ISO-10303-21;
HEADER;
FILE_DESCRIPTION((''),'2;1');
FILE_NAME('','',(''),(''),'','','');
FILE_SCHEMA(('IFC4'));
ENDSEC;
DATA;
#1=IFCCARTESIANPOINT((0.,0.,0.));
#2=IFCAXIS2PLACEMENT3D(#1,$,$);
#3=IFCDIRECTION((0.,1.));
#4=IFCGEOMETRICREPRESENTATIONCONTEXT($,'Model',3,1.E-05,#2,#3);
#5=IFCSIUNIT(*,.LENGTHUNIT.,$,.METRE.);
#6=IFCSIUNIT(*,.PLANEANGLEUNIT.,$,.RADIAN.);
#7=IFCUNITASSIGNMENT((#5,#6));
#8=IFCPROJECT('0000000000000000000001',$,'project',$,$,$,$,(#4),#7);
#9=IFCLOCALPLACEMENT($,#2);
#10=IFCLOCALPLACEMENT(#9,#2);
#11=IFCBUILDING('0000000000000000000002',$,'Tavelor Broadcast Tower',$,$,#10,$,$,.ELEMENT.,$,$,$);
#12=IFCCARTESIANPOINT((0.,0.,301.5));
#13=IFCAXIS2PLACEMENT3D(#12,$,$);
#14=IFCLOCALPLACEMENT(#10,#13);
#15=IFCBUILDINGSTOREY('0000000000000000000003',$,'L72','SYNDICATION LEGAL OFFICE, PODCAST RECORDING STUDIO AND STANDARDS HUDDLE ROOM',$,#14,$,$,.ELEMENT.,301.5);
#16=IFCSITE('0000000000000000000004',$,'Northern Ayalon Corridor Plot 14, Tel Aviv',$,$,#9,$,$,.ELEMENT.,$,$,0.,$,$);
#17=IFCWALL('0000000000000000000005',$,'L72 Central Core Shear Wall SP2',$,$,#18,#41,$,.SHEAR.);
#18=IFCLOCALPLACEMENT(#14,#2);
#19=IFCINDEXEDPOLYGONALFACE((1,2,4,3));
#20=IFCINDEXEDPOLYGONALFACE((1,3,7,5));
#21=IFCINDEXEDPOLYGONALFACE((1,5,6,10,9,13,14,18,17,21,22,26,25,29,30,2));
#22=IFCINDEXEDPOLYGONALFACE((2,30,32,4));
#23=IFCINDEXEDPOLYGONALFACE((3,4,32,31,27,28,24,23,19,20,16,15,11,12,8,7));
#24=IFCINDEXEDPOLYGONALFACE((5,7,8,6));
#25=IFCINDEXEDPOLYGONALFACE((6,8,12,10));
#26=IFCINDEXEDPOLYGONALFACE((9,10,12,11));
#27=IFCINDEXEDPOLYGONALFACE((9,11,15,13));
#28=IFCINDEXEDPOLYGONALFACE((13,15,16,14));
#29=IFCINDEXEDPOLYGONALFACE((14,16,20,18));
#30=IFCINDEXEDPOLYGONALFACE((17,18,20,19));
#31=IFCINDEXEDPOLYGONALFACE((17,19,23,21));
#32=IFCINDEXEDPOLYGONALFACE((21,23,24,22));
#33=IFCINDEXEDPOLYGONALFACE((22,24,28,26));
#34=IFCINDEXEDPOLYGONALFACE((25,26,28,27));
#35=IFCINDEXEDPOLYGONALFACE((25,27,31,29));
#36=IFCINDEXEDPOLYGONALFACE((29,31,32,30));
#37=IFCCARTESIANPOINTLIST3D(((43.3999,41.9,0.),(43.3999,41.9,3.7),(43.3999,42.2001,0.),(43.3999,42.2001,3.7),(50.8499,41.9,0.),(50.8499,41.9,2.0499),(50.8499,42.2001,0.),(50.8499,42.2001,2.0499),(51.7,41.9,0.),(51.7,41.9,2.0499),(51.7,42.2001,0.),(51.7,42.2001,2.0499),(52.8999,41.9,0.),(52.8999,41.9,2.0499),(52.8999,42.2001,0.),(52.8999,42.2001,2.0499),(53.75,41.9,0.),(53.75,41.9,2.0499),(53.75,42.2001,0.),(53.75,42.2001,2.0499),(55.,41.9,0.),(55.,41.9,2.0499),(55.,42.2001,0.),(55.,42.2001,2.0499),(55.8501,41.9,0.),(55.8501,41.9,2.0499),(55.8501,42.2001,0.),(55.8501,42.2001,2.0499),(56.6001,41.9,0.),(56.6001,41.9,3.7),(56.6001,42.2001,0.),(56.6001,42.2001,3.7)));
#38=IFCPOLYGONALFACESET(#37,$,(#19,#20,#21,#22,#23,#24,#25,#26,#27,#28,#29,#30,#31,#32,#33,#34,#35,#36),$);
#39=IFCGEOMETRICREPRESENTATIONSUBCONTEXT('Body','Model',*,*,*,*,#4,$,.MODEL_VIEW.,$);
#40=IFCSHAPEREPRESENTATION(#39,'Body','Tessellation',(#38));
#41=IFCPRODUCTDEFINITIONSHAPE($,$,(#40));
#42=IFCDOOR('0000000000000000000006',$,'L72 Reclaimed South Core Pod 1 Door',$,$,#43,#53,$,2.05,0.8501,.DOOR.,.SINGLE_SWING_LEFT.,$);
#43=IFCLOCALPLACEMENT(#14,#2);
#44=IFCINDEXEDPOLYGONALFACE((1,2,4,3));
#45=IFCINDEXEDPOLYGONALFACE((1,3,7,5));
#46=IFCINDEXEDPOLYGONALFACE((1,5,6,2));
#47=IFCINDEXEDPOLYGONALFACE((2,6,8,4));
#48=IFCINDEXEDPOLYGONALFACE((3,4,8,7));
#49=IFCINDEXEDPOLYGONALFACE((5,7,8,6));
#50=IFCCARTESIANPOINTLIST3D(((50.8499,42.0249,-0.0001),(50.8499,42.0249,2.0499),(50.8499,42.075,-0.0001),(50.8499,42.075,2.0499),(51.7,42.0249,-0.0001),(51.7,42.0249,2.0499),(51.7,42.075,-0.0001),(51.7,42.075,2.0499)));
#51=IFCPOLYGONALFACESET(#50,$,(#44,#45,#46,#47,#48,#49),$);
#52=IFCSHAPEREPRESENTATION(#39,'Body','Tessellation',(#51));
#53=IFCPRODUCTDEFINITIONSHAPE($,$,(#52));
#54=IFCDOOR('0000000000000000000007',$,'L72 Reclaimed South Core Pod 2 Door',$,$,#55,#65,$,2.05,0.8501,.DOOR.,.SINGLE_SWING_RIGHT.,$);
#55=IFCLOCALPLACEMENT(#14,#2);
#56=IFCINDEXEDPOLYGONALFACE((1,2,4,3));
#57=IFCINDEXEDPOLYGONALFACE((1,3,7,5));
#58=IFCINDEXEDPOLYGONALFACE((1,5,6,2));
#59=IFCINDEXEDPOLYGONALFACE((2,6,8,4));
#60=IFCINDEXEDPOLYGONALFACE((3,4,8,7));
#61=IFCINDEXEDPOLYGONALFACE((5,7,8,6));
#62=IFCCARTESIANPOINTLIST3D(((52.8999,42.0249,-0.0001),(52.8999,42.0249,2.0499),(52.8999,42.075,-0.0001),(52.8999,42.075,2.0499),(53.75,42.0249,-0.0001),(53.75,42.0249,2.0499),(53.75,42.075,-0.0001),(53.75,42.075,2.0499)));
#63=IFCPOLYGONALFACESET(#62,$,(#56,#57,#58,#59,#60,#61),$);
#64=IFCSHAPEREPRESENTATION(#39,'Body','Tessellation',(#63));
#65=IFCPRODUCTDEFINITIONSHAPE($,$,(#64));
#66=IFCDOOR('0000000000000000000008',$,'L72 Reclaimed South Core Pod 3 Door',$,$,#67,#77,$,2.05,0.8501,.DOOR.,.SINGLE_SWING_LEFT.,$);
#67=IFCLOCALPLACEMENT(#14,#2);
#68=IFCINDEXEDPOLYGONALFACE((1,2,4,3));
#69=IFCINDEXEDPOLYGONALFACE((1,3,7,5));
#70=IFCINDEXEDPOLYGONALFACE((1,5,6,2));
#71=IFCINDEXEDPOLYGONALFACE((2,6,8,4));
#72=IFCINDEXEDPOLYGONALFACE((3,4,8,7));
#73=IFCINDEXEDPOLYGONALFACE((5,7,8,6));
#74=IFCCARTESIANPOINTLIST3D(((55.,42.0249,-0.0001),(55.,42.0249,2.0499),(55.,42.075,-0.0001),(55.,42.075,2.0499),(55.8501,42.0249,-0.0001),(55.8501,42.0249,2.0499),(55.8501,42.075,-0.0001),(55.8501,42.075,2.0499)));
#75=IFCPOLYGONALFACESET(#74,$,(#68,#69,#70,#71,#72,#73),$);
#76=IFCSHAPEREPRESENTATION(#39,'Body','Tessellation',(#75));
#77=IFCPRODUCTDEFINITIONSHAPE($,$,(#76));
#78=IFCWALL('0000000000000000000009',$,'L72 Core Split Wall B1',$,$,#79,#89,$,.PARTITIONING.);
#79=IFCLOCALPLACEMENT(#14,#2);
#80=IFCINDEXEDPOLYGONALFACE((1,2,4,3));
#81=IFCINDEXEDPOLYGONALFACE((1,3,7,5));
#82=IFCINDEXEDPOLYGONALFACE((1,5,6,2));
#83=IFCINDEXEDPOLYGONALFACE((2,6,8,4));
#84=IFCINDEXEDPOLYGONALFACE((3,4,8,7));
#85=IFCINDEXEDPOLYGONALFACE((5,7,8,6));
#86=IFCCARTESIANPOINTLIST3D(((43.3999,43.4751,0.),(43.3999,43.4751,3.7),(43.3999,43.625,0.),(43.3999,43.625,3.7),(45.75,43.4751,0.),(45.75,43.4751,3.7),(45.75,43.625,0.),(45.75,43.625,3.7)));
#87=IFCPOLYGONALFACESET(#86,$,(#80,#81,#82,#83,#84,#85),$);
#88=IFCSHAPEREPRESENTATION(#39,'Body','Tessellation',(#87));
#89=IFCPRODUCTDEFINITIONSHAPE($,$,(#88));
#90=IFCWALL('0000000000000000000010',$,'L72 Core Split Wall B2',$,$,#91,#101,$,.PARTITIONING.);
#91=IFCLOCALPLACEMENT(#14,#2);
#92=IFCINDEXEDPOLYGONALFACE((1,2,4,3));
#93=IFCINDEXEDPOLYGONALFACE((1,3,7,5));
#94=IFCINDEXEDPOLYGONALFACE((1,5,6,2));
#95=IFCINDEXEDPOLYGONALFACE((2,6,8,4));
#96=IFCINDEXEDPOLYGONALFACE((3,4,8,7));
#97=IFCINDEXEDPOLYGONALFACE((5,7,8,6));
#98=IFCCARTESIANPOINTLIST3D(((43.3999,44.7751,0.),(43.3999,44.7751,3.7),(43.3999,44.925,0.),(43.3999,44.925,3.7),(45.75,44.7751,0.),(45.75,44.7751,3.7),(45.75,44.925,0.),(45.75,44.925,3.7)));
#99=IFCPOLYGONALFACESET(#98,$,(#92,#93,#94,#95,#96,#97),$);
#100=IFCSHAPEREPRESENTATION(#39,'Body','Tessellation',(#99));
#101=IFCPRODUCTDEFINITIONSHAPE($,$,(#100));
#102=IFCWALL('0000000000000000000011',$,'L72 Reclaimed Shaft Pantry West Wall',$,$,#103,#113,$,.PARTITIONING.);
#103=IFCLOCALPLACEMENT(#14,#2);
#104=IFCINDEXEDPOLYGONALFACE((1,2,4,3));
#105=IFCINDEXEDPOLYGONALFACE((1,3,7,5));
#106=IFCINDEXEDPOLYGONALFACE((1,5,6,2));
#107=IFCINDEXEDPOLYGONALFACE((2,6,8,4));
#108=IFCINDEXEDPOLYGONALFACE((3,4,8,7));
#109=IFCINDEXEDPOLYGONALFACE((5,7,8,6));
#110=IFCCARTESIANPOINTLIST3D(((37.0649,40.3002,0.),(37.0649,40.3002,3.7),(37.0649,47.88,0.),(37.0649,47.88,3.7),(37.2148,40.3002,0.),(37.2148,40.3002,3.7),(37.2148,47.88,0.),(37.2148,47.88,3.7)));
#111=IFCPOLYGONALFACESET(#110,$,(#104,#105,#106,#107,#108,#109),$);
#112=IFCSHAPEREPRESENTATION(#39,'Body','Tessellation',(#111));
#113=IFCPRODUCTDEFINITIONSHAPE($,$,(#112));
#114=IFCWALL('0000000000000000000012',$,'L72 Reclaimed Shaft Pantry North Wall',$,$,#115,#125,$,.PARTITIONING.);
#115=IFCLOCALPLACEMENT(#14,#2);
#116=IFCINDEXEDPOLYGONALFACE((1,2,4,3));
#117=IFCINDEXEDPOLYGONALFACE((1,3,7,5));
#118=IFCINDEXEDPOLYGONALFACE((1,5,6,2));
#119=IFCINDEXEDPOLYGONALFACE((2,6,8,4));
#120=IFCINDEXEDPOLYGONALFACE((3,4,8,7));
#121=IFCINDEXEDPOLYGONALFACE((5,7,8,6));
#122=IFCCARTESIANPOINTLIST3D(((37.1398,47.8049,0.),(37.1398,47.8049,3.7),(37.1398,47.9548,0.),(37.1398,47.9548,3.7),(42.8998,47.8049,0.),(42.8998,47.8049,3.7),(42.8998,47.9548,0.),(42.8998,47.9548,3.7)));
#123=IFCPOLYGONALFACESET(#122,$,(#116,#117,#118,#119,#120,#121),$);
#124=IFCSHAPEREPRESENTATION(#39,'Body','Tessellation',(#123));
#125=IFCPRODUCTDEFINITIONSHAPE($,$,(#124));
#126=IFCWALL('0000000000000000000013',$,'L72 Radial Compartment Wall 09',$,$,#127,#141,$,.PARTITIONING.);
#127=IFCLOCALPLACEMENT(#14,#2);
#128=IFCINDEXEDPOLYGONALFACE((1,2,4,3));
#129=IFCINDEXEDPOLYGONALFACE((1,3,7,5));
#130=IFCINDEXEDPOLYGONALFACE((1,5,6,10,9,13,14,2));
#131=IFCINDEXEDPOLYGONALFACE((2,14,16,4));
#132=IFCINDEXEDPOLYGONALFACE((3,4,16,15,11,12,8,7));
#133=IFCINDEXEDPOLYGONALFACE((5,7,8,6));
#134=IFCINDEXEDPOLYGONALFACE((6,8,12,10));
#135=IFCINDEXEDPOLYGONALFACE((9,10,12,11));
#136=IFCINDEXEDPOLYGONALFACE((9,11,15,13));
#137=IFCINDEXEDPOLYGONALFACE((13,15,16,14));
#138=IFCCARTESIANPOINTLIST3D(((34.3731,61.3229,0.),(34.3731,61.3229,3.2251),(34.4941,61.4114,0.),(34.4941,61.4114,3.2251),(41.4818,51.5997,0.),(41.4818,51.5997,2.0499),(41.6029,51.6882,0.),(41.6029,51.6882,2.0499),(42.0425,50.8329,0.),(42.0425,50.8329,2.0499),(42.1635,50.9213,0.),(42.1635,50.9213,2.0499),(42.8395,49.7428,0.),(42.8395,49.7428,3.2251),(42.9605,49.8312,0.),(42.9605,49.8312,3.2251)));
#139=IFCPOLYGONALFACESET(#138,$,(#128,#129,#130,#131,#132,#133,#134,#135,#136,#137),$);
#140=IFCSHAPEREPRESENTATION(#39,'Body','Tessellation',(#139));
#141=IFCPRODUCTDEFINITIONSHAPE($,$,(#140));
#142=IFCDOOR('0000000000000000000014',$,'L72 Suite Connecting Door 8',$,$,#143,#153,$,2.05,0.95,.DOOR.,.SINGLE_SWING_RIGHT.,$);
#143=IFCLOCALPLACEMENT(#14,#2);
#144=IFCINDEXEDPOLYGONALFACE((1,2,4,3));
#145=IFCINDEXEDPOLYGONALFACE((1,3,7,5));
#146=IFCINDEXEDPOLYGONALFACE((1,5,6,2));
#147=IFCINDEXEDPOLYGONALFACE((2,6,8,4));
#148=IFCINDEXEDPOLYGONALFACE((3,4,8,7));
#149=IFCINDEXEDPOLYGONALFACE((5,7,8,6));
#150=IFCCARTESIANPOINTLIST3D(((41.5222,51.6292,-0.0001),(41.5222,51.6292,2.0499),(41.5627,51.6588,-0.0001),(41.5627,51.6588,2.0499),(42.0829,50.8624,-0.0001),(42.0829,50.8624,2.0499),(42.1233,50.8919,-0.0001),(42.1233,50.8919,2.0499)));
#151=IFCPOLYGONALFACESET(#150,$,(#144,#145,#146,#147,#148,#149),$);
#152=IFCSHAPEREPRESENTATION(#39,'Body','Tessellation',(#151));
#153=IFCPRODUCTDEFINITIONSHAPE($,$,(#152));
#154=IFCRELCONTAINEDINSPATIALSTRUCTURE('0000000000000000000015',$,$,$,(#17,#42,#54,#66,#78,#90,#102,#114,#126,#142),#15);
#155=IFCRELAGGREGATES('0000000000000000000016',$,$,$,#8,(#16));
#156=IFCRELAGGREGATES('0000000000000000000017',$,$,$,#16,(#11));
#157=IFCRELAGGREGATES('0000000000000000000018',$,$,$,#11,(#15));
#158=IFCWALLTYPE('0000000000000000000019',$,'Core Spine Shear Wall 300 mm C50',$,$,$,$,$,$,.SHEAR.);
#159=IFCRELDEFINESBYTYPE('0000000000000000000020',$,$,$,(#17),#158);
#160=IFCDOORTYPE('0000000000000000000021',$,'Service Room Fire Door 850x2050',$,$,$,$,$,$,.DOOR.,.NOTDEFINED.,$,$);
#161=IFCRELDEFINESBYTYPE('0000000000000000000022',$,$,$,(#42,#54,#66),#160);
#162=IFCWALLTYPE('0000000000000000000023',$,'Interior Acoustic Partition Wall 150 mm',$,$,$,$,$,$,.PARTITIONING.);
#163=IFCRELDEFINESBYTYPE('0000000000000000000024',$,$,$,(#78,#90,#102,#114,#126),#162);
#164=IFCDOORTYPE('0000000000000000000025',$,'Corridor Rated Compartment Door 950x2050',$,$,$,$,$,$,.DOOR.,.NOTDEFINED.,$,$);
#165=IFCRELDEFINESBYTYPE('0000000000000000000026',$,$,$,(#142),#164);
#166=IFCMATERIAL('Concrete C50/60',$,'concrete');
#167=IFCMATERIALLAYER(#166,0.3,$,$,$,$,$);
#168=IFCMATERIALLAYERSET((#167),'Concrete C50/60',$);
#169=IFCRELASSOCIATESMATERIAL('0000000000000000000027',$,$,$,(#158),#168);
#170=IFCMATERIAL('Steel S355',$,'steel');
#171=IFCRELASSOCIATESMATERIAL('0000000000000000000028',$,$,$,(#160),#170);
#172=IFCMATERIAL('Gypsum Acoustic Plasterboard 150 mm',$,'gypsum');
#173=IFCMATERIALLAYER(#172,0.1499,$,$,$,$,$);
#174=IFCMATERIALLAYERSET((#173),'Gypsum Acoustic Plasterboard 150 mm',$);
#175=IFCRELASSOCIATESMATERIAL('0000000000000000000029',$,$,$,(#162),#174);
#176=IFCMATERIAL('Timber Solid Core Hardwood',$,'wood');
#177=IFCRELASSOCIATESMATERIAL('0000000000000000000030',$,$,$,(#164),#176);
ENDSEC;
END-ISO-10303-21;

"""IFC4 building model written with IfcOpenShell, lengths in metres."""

from ifc_helpers import new_model, si_unit, direction, frame, frame_2d, origin, place, context, subcontext, project, spatial, rectangle, extrude, material, layer, layer_set, type_object, element, fill, save


model = new_model("IFC4")

# Units and contexts
model_context = context("Model", 3, precision=1e-05, world=origin(), true_north=direction((0.0, 1.0)))
body_context = subcontext(model_context, "Body", "Model", "MODEL_VIEW")
ifc_project = project(units=[si_unit("LENGTHUNIT", "METRE"), si_unit("PLANEANGLEUNIT", "RADIAN")], contexts=[model_context])

# Site, building, storey
site_placement = place(None, origin())
site = spatial("IfcSite", under=ifc_project, at=site_placement, Name="Northern Ayalon Corridor Plot 14, Tel Aviv", CompositionType="ELEMENT", RefElevation=0.0)
building_placement = place(site_placement, origin())
building = spatial("IfcBuilding", under=site, at=building_placement, Name="Tavelor Broadcast Tower", CompositionType="ELEMENT")
storey_placement = place(building_placement, frame((0.0, 0.0, 301.5)))
storey = spatial("IfcBuildingStorey", under=building, at=storey_placement, Name="L72", Description="SYNDICATION LEGAL OFFICE, PODCAST RECORDING STUDIO AND STANDARDS HUDDLE ROOM", CompositionType="ELEMENT", Elevation=301.5)

# Shared definitions
ifc_material_1 = material(Name="Concrete C50/60", Category="concrete")

# Shared definitions
ifc_material_2 = material(Name="Steel S355", Category="steel")

# Wall, openings, doors
ifc_layer_1 = layer(ifc_material_1, 0.3)
ifc_layer_set_1 = layer_set([ifc_layer_1], Name="Concrete C50/60")
wall_type_1 = type_object("IfcWallType", Name="Core Spine Shear Wall 300 mm C50", PredefinedType="SHEAR", material=ifc_layer_set_1)
wall_1_placement = place(storey_placement, frame((43.3999, 42.05, 0.0), z_axis=(0.0, 0.0, 1.0), x_axis=(1.0, 0.0, 0.0)))
wall_1 = element("IfcWall", 1, at=wall_1_placement, inside=storey, type_object=wall_type_1, Name="L72 Central Core Shear Wall SP2", PredefinedType="SHEAR", context=body_context, shape_type="SweptSolid", body=[
    extrude(rectangle(XDim=13.2002, YDim=0.3, at=frame_2d((6.6001, 0.0))), origin(), (0.0, 0.0, 1.0), 3.7),
])
opening_1_placement = place(wall_1_placement, frame((7.45, 0.0, 0.0)))
opening_1 = element("IfcOpeningElement", 2, at=opening_1_placement, cuts=wall_1, PredefinedType="OPENING", context=body_context, shape_type="SweptSolid", body=[
    extrude(rectangle(XDim=0.8501, YDim=2.05, at=frame_2d((0.425, 1.0249))), frame((0.0, 0.1602, 0.0), z_axis=(0.0, -1.0, 0.0), x_axis=(1.0, 0.0, 0.0)), (0.0, 0.0, 1.0), 0.3201),
])
opening_2_placement = place(wall_1_placement, frame((9.5, 0.0, 0.0)))
opening_2 = element("IfcOpeningElement", 3, at=opening_2_placement, cuts=wall_1, PredefinedType="OPENING", context=body_context, shape_type="SweptSolid", body=[
    extrude(rectangle(XDim=0.8501, YDim=2.05, at=frame_2d((0.425, 1.0249))), frame((0.0, 0.1602, 0.0), z_axis=(0.0, -1.0, 0.0), x_axis=(1.0, 0.0, 0.0)), (0.0, 0.0, 1.0), 0.3201),
])
opening_3_placement = place(wall_1_placement, frame((11.6001, 0.0, 0.0)))
opening_3 = element("IfcOpeningElement", 4, at=opening_3_placement, cuts=wall_1, PredefinedType="OPENING", context=body_context, shape_type="SweptSolid", body=[
    extrude(rectangle(XDim=0.8501, YDim=2.05, at=frame_2d((0.425, 1.0249))), frame((0.0, 0.1602, 0.0), z_axis=(0.0, -1.0, 0.0), x_axis=(1.0, 0.0, 0.0)), (0.0, 0.0, 1.0), 0.3201),
])
door_type_1 = type_object("IfcDoorType", Name="Service Room Fire Door 850x2050", OperationType="NOTDEFINED", PredefinedType="DOOR", material=ifc_material_2)
door_1_placement = place(opening_1_placement, origin())
door_1 = element("IfcDoor", 5, at=door_1_placement, inside=storey, type_object=door_type_1, Name="L72 Reclaimed South Core Pod 1 Door", OperationType="SINGLE_SWING_LEFT", OverallHeight=2.05, OverallWidth=0.8501, PredefinedType="DOOR", context=body_context, shape_type="SweptSolid", body=[
    extrude(rectangle(XDim=0.8501, YDim=2.05, at=frame_2d((0.425, 1.0249))), frame((0.0, 0.0249, 0.0), z_axis=(0.0, -1.0, 0.0), x_axis=(1.0, 0.0, 0.0)), (0.0, 0.0, 1.0), 0.05),
])
fill(opening_1, door_1)
door_2_placement = place(opening_2_placement, origin())
door_2 = element("IfcDoor", 6, at=door_2_placement, inside=storey, type_object=door_type_1, Name="L72 Reclaimed South Core Pod 2 Door", OperationType="SINGLE_SWING_RIGHT", OverallHeight=2.05, OverallWidth=0.8501, PredefinedType="DOOR", context=body_context, shape_type="SweptSolid", body=[
    extrude(rectangle(XDim=0.8501, YDim=2.05, at=frame_2d((0.425, 1.0249))), frame((0.0, 0.0249, 0.0), z_axis=(0.0, -1.0, 0.0), x_axis=(1.0, 0.0, 0.0)), (0.0, 0.0, 1.0), 0.05),
])
fill(opening_2, door_2)
door_3_placement = place(opening_3_placement, origin())
door_3 = element("IfcDoor", 7, at=door_3_placement, inside=storey, type_object=door_type_1, Name="L72 Reclaimed South Core Pod 3 Door", OperationType="SINGLE_SWING_LEFT", OverallHeight=2.05, OverallWidth=0.8501, PredefinedType="DOOR", context=body_context, shape_type="SweptSolid", body=[
    extrude(rectangle(XDim=0.8501, YDim=2.05, at=frame_2d((0.425, 1.0249))), frame((0.0, 0.0249, 0.0), z_axis=(0.0, -1.0, 0.0), x_axis=(1.0, 0.0, 0.0)), (0.0, 0.0, 1.0), 0.05),
])
fill(opening_3, door_3)

# Walls
ifc_material_3 = material(Name="Gypsum Acoustic Plasterboard 150 mm", Category="gypsum")
ifc_layer_2 = layer(ifc_material_3, 0.1499)
ifc_layer_set_2 = layer_set([ifc_layer_2], Name="Gypsum Acoustic Plasterboard 150 mm")
wall_type_2 = type_object("IfcWallType", Name="Interior Acoustic Partition Wall 150 mm", PredefinedType="PARTITIONING", material=ifc_layer_set_2)
for number, where, z_axis, x_axis, name in (
    (8, (43.3999, 43.55, 0.0), (0.0, 0.0, 1.0), (1.0, 0.0, 0.0), "L72 Core Split Wall B1"),
    (9, (43.3999, 44.8501, 0.0), (0.0, 0.0, 1.0), (1.0, 0.0, 0.0), "L72 Core Split Wall B2"),
):
    element("IfcWall", number, at=place(storey_placement, frame(where, z_axis=z_axis, x_axis=x_axis)), inside=storey, type_object=wall_type_2, Name=name, PredefinedType="PARTITIONING", context=body_context, shape_type="SweptSolid", body=[
        extrude(rectangle(XDim=2.3501, YDim=0.1499, at=frame_2d((1.175, 0.0))), origin(), (0.0, 0.0, 1.0), 3.7),
    ])
wall_2_placement = place(storey_placement, frame((37.1399, 40.3, 0.0), z_axis=(0.0, 0.0, 1.0), x_axis=(0.0, 1.0, 0.0)))
element("IfcWall", 10, at=wall_2_placement, inside=storey, type_object=wall_type_2, Name="L72 Reclaimed Shaft Pantry West Wall", PredefinedType="PARTITIONING", context=body_context, shape_type="SweptSolid", body=[
    extrude(rectangle(XDim=7.5798, YDim=0.1499, at=frame_2d((3.79, 0.0))), origin(), (0.0, 0.0, 1.0), 3.7),
])
wall_3_placement = place(storey_placement, frame((37.1399, 47.8799, 0.0), z_axis=(0.0, 0.0, 1.0), x_axis=(1.0, 0.0, 0.0)))
element("IfcWall", 11, at=wall_3_placement, inside=storey, type_object=wall_type_2, Name="L72 Reclaimed Shaft Pantry North Wall", PredefinedType="PARTITIONING", context=body_context, shape_type="SweptSolid", body=[
    extrude(rectangle(XDim=5.76, YDim=0.1499, at=frame_2d((2.8799, 0.0))), origin(), (0.0, 0.0, 1.0), 3.7),
])

# Wall, opening, door
wall_4_placement = place(storey_placement, frame((42.8999, 49.7871, 0.0), z_axis=(0.0, 0.0, 1.0), x_axis=(-0.590196, 0.80726, 0.0)))
wall_4 = element("IfcWall", 12, at=wall_4_placement, inside=storey, type_object=wall_type_2, Name="L72 Radial Compartment Wall 09", PredefinedType="PARTITIONING", context=body_context, shape_type="SweptSolid", body=[
    extrude(rectangle(XDim=14.345, YDim=0.1499, at=frame_2d((7.1724, 0.0))), origin(), (0.0, 0.0, 1.0), 3.2251),
])
opening_4_placement = place(wall_4_placement, frame((1.3501, 0.0, 0.0)))
opening_4 = element("IfcOpeningElement", 13, at=opening_4_placement, cuts=wall_4, PredefinedType="OPENING", context=body_context, shape_type="SweptSolid", body=[
    extrude(rectangle(XDim=0.95, YDim=2.05, at=frame_2d((0.4751, 1.0249))), frame((0.0, 0.085, 0.0), z_axis=(0.0, -1.0, 0.0), x_axis=(1.0, 0.0, 0.0)), (0.0, 0.0, 1.0), 0.1699),
])
ifc_material_4 = material(Name="Timber Solid Core Hardwood", Category="wood")
door_type_2 = type_object("IfcDoorType", Name="Corridor Rated Compartment Door 950x2050", OperationType="NOTDEFINED", PredefinedType="DOOR", material=ifc_material_4)
door_4_placement = place(opening_4_placement, origin())
door_4 = element("IfcDoor", 14, at=door_4_placement, inside=storey, type_object=door_type_2, Name="L72 Suite Connecting Door 8", OperationType="SINGLE_SWING_RIGHT", OverallHeight=2.05, OverallWidth=0.95, PredefinedType="DOOR", context=body_context, shape_type="SweptSolid", body=[
    extrude(rectangle(XDim=0.95, YDim=2.05, at=frame_2d((0.4751, 1.0249))), frame((0.0, 0.0249, 0.0), z_axis=(0.0, -1.0, 0.0), x_axis=(1.0, 0.0, 0.0)), (0.0, 0.0, 1.0), 0.05),
])
fill(opening_4, door_4)

save(model, "model.ifc")
